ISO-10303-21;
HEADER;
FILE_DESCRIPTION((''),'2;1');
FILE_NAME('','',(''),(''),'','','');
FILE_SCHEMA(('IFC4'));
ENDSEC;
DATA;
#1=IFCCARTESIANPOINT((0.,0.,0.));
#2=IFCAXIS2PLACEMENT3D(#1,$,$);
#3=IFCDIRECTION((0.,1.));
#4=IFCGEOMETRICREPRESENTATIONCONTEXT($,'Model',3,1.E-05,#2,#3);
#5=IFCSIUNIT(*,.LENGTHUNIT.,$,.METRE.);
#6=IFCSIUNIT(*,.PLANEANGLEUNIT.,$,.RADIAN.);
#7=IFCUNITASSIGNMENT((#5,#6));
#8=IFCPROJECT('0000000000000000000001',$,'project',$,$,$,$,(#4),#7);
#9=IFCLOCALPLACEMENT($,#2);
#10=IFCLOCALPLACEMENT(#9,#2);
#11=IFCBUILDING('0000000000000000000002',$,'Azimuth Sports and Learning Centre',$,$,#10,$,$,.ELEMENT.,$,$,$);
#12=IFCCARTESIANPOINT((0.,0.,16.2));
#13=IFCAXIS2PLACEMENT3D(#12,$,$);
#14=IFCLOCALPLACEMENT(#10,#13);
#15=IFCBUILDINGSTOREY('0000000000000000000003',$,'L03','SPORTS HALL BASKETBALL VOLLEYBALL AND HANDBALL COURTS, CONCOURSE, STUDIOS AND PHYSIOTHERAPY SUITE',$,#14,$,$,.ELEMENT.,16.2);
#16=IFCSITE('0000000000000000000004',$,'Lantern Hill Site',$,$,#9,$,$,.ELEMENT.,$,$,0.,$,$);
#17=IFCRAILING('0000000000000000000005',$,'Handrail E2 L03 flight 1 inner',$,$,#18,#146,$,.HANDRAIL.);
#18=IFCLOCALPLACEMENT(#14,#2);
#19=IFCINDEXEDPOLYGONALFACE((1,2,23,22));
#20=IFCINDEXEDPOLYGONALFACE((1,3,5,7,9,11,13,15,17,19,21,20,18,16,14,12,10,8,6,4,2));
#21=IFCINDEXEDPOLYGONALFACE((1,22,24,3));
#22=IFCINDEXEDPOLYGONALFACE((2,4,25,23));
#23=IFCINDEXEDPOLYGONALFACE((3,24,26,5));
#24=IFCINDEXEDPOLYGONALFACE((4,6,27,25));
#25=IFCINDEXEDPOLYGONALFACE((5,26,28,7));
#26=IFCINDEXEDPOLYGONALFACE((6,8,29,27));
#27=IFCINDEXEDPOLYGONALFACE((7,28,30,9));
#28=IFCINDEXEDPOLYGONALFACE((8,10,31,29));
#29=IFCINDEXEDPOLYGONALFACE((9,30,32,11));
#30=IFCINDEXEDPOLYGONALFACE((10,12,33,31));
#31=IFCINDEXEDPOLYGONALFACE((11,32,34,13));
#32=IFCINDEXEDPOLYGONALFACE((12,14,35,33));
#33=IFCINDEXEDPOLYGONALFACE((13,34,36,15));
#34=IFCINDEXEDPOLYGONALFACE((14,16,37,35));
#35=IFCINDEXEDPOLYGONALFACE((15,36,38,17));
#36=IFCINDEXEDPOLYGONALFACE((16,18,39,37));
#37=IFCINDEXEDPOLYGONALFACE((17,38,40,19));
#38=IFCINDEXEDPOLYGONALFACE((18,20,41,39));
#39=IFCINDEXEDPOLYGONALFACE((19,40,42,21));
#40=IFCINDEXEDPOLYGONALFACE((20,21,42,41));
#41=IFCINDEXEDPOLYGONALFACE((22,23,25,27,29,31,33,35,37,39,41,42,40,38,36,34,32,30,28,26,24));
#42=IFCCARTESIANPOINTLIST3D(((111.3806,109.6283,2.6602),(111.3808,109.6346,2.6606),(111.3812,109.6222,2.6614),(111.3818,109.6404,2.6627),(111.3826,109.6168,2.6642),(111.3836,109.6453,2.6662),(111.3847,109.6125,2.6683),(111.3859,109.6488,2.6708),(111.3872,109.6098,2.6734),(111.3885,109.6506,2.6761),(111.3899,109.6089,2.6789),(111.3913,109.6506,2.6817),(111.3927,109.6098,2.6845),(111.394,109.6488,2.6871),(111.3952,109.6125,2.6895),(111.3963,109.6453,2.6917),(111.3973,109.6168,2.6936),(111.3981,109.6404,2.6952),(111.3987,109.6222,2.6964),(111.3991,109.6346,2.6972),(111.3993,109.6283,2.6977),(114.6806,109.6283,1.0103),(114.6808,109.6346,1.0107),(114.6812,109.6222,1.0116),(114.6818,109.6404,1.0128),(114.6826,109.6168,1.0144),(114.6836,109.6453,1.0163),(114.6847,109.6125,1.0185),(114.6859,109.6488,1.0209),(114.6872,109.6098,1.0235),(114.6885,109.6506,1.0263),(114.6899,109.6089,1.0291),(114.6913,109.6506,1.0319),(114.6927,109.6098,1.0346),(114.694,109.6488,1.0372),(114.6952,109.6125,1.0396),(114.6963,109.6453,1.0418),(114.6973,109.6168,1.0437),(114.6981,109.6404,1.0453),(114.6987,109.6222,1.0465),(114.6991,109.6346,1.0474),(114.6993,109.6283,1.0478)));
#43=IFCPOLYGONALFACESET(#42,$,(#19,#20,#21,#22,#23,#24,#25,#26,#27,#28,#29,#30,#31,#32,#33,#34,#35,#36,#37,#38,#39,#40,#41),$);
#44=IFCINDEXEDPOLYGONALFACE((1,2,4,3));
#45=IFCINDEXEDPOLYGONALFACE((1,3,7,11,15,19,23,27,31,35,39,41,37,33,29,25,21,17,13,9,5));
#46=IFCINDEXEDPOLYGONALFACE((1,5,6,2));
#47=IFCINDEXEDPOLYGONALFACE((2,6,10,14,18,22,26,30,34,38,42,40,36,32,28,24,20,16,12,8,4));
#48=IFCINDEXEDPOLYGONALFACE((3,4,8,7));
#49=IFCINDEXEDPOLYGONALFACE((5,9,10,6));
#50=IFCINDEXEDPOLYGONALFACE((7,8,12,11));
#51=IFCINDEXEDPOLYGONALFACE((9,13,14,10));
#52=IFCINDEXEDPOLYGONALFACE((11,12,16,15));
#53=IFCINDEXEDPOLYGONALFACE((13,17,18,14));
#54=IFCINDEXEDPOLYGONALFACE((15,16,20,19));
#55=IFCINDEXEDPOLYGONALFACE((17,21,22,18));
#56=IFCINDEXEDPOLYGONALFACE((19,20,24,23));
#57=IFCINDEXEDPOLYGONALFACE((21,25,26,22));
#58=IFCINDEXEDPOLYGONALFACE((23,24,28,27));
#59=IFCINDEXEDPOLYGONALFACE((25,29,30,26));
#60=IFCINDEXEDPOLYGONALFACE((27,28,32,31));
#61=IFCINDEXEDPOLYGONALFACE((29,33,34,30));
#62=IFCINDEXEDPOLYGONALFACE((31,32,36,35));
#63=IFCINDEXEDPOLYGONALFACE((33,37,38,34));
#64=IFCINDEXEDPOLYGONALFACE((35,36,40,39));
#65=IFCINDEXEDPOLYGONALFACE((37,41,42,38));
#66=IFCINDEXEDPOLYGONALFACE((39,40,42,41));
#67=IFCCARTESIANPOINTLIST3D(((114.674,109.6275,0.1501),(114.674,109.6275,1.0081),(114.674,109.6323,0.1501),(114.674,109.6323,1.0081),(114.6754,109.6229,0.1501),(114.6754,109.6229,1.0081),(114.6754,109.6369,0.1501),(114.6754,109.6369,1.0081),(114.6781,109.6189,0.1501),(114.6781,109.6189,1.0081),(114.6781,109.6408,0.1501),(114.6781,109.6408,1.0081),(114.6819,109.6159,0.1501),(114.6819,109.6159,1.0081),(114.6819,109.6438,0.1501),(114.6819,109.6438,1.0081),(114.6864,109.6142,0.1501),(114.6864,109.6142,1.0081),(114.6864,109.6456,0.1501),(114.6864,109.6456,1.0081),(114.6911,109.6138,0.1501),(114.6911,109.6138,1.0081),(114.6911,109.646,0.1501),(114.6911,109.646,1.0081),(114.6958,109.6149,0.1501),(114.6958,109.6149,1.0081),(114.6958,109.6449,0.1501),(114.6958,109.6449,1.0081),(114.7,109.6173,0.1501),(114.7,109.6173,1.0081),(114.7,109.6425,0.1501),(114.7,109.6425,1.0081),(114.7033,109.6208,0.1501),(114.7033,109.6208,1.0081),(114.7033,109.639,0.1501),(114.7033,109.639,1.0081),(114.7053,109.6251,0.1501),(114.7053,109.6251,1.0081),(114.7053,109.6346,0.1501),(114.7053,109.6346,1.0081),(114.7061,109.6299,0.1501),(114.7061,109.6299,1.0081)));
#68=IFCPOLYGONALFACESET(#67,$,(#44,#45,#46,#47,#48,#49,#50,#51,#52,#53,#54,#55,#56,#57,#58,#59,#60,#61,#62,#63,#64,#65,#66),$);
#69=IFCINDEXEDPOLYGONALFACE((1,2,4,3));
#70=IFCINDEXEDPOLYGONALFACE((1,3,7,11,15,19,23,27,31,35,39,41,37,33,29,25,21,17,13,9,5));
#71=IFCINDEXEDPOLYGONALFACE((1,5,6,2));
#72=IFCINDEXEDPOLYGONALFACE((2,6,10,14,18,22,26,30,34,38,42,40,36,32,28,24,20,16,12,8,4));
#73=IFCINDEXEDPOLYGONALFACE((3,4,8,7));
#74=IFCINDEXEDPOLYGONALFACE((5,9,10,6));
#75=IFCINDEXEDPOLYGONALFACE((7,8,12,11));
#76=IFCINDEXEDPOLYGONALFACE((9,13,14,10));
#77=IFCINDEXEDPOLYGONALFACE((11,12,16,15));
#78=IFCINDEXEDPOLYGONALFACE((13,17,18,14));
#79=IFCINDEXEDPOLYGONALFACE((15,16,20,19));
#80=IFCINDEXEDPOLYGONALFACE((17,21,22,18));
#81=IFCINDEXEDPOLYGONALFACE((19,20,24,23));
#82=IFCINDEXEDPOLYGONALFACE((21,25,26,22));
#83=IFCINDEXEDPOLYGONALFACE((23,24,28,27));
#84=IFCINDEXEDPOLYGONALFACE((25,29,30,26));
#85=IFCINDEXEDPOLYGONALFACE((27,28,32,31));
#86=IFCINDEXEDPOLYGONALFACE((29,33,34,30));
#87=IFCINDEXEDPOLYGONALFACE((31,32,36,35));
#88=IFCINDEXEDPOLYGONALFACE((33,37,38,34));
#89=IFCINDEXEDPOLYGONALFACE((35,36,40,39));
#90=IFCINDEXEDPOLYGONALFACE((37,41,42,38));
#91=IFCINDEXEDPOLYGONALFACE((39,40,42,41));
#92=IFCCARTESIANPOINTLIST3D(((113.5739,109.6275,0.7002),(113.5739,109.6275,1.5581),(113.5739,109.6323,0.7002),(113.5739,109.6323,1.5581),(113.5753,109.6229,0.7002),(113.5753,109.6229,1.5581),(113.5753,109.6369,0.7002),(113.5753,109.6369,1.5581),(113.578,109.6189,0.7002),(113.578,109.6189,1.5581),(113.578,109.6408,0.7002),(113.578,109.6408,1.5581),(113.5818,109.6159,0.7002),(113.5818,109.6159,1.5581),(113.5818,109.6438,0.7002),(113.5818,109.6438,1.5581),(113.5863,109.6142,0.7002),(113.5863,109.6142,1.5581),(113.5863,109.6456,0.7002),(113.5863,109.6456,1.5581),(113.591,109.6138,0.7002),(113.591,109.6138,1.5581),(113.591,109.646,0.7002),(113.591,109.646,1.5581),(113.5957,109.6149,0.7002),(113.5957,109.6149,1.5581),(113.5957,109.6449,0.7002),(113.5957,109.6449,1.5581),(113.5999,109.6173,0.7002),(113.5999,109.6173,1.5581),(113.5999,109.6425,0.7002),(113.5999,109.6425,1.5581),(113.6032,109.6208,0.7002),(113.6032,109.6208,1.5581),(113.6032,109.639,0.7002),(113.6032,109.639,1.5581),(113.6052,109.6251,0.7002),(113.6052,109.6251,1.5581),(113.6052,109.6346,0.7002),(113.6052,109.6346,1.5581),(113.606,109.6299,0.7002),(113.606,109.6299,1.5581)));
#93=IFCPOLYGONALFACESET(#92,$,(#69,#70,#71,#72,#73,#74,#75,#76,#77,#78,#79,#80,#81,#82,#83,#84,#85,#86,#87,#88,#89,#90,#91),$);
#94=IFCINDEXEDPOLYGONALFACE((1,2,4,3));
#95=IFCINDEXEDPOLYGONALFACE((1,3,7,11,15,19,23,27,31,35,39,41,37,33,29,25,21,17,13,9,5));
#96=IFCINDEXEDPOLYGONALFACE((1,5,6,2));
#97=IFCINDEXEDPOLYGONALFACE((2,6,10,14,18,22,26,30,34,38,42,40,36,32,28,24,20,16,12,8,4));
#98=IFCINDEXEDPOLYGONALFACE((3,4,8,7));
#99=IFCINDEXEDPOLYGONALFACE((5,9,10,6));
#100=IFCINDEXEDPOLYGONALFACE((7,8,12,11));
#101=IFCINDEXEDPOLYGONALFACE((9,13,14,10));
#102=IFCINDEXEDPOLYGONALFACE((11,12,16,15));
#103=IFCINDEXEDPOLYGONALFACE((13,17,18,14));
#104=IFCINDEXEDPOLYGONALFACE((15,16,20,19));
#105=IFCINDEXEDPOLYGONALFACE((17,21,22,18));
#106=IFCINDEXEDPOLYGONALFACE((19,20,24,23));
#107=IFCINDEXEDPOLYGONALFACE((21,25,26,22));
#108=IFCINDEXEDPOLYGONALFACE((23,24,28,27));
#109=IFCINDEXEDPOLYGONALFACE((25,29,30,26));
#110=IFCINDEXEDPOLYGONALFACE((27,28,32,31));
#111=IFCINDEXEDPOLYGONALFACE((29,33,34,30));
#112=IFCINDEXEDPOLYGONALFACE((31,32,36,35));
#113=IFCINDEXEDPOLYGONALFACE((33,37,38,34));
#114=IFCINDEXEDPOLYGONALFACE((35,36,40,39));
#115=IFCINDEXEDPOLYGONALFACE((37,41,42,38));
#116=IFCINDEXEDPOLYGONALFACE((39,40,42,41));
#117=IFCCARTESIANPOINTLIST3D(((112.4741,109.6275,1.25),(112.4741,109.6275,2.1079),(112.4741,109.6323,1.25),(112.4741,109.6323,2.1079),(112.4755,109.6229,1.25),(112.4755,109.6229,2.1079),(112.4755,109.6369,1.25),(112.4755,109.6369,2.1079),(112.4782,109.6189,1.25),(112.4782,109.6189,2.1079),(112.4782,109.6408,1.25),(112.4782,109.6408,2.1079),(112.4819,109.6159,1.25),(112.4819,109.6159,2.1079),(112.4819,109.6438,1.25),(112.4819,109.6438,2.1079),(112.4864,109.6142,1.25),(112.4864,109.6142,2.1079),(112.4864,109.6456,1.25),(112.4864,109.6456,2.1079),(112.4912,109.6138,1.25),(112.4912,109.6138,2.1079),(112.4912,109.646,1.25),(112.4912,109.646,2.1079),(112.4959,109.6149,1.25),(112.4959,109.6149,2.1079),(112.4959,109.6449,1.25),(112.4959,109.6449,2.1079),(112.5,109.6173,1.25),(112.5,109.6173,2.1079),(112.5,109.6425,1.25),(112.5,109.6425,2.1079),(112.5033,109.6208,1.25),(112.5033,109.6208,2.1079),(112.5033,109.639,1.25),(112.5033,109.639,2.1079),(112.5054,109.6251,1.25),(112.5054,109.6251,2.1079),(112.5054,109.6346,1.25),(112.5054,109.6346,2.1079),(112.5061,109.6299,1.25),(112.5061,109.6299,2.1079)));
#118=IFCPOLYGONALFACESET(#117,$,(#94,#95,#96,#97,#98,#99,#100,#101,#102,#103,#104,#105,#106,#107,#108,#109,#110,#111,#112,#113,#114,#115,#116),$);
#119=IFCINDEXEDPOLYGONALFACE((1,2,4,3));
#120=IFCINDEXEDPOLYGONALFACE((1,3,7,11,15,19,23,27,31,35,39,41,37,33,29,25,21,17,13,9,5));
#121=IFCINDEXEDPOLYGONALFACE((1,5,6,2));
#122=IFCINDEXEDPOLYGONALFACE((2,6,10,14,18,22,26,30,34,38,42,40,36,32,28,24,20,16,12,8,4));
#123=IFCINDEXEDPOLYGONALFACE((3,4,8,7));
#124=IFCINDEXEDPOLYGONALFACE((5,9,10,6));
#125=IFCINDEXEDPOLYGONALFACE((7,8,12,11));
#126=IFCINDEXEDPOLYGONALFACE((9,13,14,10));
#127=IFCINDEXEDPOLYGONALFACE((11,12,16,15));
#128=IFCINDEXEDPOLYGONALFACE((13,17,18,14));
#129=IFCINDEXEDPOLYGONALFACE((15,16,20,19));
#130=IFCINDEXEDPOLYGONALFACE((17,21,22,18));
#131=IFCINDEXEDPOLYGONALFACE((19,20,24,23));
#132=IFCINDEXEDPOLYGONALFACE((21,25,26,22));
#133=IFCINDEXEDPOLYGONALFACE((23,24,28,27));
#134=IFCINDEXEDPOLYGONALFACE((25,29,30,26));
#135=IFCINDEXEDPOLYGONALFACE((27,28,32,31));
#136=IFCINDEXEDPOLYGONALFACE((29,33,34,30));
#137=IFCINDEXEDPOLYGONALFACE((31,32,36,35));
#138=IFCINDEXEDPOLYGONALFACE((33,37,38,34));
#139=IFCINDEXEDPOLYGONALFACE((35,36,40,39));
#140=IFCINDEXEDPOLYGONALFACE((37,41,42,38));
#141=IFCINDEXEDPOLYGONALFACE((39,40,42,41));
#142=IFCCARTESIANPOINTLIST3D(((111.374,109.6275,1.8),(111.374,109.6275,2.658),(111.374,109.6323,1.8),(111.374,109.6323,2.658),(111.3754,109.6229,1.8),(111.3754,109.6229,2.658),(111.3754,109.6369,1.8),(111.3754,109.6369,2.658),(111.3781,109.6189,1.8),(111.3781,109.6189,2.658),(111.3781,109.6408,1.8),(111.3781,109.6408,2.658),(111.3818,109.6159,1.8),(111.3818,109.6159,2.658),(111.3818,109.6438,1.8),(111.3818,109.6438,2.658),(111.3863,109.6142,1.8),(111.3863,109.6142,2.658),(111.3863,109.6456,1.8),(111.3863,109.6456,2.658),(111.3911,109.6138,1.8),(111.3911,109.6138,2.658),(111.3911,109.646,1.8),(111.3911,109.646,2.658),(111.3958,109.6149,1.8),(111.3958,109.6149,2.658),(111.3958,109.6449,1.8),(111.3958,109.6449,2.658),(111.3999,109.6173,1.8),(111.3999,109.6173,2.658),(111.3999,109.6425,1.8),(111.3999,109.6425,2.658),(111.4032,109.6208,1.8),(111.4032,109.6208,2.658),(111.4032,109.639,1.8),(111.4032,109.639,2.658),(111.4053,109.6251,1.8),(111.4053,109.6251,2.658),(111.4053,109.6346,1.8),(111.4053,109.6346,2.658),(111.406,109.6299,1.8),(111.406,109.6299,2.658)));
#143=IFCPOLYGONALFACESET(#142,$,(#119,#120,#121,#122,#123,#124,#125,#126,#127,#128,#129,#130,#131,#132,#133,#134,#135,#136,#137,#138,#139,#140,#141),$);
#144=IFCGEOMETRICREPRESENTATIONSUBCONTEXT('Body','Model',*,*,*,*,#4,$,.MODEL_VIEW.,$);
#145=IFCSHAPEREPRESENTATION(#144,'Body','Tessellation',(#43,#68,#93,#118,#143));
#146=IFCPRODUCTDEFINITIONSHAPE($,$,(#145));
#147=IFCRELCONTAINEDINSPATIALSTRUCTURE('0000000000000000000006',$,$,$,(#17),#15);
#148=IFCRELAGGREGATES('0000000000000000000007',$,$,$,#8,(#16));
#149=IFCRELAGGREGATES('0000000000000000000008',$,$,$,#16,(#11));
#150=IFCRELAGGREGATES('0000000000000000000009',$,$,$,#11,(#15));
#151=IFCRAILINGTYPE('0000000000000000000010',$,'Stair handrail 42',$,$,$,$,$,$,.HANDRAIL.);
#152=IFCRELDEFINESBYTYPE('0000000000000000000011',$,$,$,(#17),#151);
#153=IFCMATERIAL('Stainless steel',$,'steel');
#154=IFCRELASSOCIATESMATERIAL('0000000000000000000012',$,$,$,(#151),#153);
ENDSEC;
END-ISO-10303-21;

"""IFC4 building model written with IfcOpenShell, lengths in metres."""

from ifc_helpers import new_model, si_unit, direction, frame, origin, origin_2d, place, context, subcontext, project, spatial, circle, extrude, material, type_object, element, save


model = new_model("IFC4")

# Units and contexts
model_context = context("Model", 3, precision=1e-05, world=origin(), true_north=direction((0.0, 1.0)))
body_context = subcontext(model_context, "Body", "Model", "MODEL_VIEW")
ifc_project = project(units=[si_unit("LENGTHUNIT", "METRE"), si_unit("PLANEANGLEUNIT", "RADIAN")], contexts=[model_context])

# Site, building, storey
site_placement = place(None, origin())
site = spatial("IfcSite", under=ifc_project, at=site_placement, Name="Lantern Hill Site", CompositionType="ELEMENT", RefElevation=0.0)
building_placement = place(site_placement, origin())
building = spatial("IfcBuilding", under=site, at=building_placement, Name="Azimuth Sports and Learning Centre", CompositionType="ELEMENT")
storey_placement = place(building_placement, frame((0.0, 0.0, 16.2)))
storey = spatial("IfcBuildingStorey", under=building, at=storey_placement, Name="L03", Description="SPORTS HALL BASKETBALL VOLLEYBALL AND HANDBALL COURTS, CONCOURSE, STUDIOS AND PHYSIOTHERAPY SUITE", CompositionType="ELEMENT", Elevation=16.2)

# Railing
ifc_material_1 = material(Name="Stainless steel", Category="steel")
railing_type_1 = type_object("IfcRailingType", Name="Stair handrail 42", PredefinedType="HANDRAIL", material=ifc_material_1)
for number, where, name in (
    (1, (114.6899, 109.6299, 0.1501), "Handrail E2 L03 flight 1 inner"),
):
    element("IfcRailing", number, at=place(storey_placement, frame(where)), inside=storey, type_object=railing_type_1, Name=name, PredefinedType="HANDRAIL", context=body_context, shape_type="SweptSolid", body=[
        extrude(circle(Radius=0.021, at=origin_2d()), frame((0.0, 0.0, 0.8789), z_axis=(-0.89444, 0.0, 0.447187), x_axis=(0.0, -1.0, 0.0)), (0.0, 0.0, 1.0), 3.6895),
        extrude(circle(Radius=0.0161, at=origin_2d()), origin(), (0.0, 0.0, 1.0), 0.8579),
        extrude(circle(Radius=0.0161, at=origin_2d()), frame((-1.1001, 0.0, 0.55)), (0.0, 0.0, 1.0), 0.8579),
        extrude(circle(Radius=0.0161, at=origin_2d()), frame((-2.2, 0.0, 1.0999)), (0.0, 0.0, 1.0), 0.8579),
        extrude(circle(Radius=0.0161, at=origin_2d()), frame((-3.3, 0.0, 1.6499)), (0.0, 0.0, 1.0), 0.8579),
    ])

save(model, "model.ifc")
